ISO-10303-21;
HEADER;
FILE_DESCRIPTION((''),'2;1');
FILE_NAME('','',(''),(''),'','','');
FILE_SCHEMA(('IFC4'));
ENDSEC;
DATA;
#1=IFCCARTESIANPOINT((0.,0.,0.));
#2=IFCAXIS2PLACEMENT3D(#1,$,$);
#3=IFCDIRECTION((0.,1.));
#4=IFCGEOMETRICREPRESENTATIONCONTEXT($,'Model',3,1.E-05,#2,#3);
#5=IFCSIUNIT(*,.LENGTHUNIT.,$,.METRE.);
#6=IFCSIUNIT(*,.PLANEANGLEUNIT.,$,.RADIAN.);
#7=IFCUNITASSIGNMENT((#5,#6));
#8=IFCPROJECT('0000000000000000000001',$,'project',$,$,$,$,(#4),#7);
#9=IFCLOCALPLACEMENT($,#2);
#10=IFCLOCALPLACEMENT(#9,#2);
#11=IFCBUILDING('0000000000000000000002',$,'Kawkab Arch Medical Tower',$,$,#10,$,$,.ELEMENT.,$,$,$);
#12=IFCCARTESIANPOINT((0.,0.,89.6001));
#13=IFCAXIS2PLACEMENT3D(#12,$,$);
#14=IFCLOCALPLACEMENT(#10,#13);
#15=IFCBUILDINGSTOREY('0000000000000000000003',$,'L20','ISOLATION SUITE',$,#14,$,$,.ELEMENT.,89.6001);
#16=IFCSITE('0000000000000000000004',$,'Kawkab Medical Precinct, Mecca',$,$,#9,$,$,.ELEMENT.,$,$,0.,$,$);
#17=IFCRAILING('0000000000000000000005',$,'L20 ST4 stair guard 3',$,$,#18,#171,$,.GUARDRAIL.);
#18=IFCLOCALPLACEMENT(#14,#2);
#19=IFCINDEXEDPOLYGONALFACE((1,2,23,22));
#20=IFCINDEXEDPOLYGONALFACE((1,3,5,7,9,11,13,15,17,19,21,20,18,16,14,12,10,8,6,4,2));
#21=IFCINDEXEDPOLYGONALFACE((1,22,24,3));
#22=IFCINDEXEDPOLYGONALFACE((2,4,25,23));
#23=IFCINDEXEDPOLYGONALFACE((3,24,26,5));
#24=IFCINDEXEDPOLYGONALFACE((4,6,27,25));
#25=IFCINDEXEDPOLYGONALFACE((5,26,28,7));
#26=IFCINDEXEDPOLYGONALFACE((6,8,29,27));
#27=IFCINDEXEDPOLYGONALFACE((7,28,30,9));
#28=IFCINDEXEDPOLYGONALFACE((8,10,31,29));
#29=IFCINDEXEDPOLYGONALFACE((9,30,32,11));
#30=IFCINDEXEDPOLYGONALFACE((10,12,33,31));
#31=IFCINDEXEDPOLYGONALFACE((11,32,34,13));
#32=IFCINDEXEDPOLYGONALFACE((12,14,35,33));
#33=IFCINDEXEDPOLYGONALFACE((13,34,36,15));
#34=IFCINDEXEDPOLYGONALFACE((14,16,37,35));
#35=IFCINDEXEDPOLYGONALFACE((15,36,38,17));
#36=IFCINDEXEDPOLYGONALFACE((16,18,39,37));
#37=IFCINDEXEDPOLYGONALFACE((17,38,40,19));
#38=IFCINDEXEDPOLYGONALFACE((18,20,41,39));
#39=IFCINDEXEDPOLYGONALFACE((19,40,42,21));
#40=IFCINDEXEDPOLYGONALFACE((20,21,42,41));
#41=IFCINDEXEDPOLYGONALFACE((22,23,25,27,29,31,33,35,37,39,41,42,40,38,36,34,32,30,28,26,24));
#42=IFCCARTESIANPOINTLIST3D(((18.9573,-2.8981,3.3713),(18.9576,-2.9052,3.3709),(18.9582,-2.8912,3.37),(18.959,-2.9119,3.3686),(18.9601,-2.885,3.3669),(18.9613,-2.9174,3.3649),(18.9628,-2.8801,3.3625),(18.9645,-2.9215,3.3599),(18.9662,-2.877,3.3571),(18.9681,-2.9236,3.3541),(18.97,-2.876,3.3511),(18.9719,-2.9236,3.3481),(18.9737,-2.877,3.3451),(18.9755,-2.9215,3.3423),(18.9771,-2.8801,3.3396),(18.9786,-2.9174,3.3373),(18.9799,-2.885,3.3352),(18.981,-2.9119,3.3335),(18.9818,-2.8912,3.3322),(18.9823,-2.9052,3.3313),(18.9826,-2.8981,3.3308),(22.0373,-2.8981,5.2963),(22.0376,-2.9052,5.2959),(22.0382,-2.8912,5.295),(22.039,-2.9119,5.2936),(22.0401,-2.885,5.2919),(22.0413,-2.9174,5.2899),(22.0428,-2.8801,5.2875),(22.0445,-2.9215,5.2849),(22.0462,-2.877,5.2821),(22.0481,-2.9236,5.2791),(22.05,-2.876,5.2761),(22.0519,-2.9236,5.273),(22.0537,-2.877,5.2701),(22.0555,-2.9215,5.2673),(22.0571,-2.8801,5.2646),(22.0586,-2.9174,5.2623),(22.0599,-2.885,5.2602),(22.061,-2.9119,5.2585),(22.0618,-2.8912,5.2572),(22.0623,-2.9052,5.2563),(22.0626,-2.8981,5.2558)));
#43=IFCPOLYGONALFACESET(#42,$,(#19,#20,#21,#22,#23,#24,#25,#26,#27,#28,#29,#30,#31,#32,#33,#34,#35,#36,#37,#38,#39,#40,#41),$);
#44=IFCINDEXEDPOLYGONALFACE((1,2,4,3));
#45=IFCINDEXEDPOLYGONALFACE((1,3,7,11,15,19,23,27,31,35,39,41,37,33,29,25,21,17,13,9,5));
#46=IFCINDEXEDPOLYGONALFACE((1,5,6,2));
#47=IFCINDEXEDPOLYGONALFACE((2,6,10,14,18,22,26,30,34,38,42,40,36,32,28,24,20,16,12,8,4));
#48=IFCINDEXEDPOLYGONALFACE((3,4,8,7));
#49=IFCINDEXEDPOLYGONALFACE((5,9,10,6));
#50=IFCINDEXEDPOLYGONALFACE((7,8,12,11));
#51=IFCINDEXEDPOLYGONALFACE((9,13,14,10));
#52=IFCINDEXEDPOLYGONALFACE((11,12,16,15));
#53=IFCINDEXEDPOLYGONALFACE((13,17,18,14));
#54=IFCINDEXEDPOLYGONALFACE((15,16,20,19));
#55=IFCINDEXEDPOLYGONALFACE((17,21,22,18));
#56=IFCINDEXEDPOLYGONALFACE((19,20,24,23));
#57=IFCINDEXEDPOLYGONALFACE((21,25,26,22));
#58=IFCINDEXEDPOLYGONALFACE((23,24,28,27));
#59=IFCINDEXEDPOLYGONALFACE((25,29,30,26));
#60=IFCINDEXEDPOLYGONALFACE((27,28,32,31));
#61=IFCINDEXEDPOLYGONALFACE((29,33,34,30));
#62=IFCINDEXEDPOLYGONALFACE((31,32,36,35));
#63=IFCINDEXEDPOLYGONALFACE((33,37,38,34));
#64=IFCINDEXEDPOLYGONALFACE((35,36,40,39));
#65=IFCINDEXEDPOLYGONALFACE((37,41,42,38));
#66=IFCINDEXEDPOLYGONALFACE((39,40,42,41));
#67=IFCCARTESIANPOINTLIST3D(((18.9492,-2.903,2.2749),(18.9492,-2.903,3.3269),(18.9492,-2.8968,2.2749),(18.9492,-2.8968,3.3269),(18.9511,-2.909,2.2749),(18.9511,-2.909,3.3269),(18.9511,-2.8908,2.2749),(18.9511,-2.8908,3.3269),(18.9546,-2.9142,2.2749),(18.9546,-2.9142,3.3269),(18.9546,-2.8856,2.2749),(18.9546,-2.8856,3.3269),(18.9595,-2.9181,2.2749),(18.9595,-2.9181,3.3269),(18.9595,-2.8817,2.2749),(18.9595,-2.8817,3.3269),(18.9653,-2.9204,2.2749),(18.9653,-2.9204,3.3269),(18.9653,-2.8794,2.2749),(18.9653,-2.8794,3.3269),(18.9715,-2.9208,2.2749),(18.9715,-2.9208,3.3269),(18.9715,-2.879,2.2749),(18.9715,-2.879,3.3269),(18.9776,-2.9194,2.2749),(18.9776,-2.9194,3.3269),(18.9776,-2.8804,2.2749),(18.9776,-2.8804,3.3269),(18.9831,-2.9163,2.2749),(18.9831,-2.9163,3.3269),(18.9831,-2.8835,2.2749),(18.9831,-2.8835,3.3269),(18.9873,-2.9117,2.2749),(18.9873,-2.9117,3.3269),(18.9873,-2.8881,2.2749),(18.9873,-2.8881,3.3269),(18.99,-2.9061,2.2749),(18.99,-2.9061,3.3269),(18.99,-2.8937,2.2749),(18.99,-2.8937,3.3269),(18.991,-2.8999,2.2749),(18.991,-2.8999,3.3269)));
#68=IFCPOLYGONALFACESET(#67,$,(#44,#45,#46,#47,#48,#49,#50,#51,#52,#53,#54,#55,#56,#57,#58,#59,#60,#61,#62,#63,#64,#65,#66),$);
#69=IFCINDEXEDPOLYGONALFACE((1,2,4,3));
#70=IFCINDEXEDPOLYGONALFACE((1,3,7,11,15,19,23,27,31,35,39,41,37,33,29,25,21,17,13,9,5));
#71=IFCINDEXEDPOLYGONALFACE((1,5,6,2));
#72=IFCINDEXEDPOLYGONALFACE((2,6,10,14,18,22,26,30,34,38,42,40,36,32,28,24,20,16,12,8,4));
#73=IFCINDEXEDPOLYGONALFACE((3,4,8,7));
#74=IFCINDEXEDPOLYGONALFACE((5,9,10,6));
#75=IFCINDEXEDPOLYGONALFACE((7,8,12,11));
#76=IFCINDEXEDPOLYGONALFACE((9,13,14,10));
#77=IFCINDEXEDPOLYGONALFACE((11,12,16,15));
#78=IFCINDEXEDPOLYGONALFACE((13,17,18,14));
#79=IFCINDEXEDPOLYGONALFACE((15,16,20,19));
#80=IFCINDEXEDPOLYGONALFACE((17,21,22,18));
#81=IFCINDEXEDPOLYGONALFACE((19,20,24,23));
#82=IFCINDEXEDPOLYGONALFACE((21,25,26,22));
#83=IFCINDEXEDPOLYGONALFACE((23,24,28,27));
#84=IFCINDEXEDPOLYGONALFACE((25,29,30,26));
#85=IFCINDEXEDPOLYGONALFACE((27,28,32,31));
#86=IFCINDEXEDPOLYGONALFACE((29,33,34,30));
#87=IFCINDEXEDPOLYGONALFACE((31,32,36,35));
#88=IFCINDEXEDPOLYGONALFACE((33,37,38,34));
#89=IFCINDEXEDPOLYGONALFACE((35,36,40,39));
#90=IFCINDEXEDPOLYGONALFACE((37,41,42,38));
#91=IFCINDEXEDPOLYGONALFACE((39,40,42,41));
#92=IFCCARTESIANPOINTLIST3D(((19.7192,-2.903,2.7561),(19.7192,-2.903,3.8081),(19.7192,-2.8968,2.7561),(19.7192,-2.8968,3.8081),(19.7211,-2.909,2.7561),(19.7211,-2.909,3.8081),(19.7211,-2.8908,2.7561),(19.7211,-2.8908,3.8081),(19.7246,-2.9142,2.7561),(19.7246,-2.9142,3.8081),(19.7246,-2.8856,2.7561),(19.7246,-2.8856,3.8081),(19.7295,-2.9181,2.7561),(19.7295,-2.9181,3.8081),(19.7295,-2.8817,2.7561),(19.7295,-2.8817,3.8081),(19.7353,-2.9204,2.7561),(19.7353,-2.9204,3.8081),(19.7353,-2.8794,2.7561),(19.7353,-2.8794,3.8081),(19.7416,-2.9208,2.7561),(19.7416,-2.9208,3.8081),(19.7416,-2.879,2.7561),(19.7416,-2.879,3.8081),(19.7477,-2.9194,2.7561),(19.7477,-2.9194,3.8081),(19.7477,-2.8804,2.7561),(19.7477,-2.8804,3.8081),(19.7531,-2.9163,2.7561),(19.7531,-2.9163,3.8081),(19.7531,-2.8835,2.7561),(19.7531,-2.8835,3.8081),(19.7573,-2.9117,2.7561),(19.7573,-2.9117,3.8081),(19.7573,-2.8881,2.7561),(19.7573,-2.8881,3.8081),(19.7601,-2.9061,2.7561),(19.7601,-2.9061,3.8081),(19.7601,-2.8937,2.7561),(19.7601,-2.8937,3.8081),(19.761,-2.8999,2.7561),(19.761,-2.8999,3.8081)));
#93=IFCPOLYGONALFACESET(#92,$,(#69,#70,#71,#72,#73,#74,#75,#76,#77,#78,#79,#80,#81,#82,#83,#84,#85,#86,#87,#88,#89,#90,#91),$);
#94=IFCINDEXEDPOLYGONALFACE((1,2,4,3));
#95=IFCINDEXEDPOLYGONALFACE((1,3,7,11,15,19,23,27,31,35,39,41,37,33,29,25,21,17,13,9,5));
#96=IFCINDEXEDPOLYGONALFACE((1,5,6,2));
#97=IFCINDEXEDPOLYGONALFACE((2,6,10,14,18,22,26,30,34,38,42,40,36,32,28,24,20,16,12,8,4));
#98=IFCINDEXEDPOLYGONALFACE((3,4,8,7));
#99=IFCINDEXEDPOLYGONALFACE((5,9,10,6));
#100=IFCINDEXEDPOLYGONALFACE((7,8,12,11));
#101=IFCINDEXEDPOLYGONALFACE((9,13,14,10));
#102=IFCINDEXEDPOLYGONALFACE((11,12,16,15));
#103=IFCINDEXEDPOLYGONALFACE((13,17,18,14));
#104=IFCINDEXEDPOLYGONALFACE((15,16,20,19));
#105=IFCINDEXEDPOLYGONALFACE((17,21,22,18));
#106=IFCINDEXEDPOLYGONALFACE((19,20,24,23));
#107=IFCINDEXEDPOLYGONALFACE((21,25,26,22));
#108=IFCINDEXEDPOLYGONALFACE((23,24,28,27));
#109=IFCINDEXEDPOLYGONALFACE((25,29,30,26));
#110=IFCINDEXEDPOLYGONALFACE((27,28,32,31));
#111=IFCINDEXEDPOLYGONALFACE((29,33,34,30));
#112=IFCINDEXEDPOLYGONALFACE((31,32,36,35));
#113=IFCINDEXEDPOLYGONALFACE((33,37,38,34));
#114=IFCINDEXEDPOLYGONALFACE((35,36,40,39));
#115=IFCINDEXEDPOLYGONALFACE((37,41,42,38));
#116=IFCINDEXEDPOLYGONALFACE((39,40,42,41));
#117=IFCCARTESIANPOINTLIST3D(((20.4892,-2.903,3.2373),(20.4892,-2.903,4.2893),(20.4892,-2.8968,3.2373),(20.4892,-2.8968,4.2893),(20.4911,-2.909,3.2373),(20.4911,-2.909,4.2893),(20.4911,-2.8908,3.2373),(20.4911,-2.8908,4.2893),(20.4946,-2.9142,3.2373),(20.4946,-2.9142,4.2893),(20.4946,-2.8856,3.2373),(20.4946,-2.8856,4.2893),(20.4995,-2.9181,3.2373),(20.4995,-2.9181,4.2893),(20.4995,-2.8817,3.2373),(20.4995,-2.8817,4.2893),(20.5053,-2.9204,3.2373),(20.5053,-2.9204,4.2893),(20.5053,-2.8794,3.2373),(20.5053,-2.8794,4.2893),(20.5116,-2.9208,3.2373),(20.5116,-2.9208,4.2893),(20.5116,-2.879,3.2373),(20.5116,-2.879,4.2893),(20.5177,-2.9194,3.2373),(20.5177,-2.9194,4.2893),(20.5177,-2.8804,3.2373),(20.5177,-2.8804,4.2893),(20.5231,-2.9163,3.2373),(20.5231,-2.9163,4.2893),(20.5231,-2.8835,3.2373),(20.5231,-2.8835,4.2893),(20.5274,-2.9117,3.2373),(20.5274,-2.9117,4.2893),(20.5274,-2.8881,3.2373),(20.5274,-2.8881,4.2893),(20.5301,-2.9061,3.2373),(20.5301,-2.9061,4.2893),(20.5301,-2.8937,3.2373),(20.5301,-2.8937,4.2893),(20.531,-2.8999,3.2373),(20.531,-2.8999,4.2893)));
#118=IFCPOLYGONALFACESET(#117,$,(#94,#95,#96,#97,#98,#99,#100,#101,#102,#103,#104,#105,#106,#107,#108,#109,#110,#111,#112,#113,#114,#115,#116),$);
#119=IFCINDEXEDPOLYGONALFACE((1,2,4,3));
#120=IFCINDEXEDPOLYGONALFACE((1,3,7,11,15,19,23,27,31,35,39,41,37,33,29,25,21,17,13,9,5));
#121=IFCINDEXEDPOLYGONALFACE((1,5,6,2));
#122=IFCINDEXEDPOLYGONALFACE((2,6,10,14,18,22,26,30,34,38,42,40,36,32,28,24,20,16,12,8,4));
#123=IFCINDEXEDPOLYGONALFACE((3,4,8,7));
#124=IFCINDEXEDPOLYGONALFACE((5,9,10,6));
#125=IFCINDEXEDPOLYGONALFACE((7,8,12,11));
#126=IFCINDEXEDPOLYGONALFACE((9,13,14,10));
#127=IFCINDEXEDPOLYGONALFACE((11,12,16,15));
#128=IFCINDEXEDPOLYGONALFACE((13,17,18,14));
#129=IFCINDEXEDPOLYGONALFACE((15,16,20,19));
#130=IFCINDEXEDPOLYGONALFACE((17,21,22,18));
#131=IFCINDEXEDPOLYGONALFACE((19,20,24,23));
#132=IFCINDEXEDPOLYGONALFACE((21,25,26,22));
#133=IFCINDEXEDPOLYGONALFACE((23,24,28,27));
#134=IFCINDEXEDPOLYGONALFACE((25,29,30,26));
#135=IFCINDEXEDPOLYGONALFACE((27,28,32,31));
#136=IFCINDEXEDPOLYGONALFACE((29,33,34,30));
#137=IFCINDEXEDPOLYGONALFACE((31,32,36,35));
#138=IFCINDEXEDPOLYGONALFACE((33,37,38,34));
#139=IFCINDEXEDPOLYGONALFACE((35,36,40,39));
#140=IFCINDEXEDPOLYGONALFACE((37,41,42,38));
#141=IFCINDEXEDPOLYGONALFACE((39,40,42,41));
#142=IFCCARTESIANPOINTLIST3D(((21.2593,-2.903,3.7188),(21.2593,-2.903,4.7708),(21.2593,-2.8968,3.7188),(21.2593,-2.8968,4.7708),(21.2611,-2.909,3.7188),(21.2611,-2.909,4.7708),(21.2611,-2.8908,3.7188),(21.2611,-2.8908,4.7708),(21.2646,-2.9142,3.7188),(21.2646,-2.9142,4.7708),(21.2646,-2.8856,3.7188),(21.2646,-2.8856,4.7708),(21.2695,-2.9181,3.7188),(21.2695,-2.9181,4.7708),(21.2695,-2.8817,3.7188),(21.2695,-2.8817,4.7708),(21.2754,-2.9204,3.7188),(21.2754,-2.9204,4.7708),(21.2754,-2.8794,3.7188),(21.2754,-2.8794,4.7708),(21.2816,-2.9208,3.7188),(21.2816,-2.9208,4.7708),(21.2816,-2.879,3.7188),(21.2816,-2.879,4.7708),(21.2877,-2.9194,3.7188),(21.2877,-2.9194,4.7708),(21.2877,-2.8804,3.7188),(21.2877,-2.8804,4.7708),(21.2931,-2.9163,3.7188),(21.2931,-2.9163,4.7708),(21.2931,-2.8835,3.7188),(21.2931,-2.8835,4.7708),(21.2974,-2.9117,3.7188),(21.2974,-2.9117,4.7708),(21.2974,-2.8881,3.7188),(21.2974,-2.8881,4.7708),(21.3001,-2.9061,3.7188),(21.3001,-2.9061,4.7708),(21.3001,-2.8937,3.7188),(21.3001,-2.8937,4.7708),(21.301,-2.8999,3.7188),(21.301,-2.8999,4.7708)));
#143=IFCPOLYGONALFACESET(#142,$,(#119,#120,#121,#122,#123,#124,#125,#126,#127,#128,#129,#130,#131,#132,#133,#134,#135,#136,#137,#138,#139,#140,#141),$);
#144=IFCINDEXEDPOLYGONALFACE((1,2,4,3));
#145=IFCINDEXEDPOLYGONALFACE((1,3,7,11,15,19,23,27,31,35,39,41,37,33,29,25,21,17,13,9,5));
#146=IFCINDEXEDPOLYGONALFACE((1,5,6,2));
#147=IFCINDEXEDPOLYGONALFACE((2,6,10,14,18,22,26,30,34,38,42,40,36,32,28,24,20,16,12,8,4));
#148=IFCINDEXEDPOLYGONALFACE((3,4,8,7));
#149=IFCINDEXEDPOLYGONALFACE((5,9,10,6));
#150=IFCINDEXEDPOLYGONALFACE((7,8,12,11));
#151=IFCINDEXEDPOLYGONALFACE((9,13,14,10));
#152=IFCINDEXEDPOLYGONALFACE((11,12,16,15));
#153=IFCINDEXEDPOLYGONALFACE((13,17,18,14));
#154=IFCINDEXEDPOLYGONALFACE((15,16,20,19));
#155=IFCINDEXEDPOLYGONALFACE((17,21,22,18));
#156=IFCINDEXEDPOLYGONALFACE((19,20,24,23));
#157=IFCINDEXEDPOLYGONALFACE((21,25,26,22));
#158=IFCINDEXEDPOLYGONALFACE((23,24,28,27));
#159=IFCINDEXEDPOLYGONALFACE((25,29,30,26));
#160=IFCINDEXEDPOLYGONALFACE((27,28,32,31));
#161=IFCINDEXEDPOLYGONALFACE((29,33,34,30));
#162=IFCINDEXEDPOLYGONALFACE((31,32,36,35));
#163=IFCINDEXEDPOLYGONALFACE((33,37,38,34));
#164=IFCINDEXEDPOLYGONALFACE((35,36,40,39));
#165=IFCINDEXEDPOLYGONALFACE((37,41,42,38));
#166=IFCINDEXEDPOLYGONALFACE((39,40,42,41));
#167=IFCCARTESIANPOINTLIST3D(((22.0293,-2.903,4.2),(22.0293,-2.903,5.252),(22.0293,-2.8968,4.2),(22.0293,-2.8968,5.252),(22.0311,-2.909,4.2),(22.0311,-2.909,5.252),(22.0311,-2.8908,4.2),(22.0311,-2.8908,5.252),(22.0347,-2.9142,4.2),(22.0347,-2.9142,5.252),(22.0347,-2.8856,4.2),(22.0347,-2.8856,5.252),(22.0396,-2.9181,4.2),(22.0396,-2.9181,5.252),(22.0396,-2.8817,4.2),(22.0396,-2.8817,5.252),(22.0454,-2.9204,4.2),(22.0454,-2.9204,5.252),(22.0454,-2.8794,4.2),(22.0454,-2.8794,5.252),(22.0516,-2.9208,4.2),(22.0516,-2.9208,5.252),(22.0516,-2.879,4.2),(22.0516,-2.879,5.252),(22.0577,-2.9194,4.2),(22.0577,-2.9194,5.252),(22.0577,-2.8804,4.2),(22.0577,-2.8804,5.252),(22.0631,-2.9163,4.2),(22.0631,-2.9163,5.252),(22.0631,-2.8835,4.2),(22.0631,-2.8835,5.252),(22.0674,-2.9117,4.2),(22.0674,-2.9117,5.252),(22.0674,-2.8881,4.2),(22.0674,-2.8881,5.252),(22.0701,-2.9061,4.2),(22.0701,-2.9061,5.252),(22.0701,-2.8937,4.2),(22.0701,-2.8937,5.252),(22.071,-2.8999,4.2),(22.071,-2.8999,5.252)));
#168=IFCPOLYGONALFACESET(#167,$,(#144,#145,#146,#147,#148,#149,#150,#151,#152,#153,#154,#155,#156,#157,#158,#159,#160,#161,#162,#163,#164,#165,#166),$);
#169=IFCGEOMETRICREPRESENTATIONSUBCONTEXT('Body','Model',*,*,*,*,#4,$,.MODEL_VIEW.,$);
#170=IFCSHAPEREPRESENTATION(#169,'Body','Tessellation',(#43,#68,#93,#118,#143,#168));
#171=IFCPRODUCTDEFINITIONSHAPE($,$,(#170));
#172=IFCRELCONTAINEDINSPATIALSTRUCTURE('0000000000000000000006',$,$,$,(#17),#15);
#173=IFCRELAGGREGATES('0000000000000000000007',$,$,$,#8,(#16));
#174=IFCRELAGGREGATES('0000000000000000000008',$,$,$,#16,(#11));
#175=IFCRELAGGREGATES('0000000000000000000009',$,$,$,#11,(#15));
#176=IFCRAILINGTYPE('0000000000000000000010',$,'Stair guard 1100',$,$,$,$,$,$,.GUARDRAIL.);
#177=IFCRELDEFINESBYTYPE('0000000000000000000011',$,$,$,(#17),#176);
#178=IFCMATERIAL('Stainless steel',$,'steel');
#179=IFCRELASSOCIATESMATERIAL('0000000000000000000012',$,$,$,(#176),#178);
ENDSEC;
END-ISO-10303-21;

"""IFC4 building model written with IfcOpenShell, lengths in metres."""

from ifc_helpers import new_model, si_unit, direction, frame, origin, origin_2d, place, context, subcontext, project, spatial, circle, extrude, material, type_object, element, save


model = new_model("IFC4")

# Units and contexts
model_context = context("Model", 3, precision=1e-05, world=origin(), true_north=direction((0.0, 1.0)))
body_context = subcontext(model_context, "Body", "Model", "MODEL_VIEW")
ifc_project = project(units=[si_unit("LENGTHUNIT", "METRE"), si_unit("PLANEANGLEUNIT", "RADIAN")], contexts=[model_context])

# Site, building, storey
site_placement = place(None, origin())
site = spatial("IfcSite", under=ifc_project, at=site_placement, Name="Kawkab Medical Precinct, Mecca", CompositionType="ELEMENT", RefElevation=0.0)
building_placement = place(site_placement, origin())
building = spatial("IfcBuilding", under=site, at=building_placement, Name="Kawkab Arch Medical Tower", CompositionType="ELEMENT")
storey_placement = place(building_placement, frame((0.0, 0.0, 89.6001)))
storey = spatial("IfcBuildingStorey", under=building, at=storey_placement, Name="L20", Description="ISOLATION SUITE", CompositionType="ELEMENT", Elevation=89.6001)

# Railing
ifc_material_1 = material(Name="Stainless steel", Category="steel")
railing_type_1 = type_object("IfcRailingType", Name="Stair guard 1100", PredefinedType="GUARDRAIL", material=ifc_material_1)
railing_1_placement = place(storey_placement, frame((18.97, -2.8999, 2.2749)))
element("IfcRailing", 1, at=railing_1_placement, inside=storey, type_object=railing_type_1, Name="L20 ST4 stair guard 3", PredefinedType="GUARDRAIL", context=body_context, shape_type="SweptSolid", body=[
    extrude(circle(Radius=0.0239, at=origin_2d()), frame((0.0, 0.0, 1.0762), z_axis=(0.847998, 0.0, 0.529999), x_axis=(0.0, 1.0, 0.0)), (0.0, 0.0, 1.0), 3.6321),
    extrude(circle(Radius=0.021, at=origin_2d()), origin(), (0.0, 0.0, 1.0), 1.052),
    extrude(circle(Radius=0.021, at=origin_2d()), frame((0.77, 0.0, 0.4812)), (0.0, 0.0, 1.0), 1.052),
    extrude(circle(Radius=0.021, at=origin_2d()), frame((1.54, 0.0, 0.9624)), (0.0, 0.0, 1.0), 1.052),
    extrude(circle(Radius=0.021, at=origin_2d()), frame((2.3101, 0.0, 1.4438)), (0.0, 0.0, 1.0), 1.052),
    extrude(circle(Radius=0.021, at=origin_2d()), frame((3.0801, 0.0, 1.925)), (0.0, 0.0, 1.0), 1.052),
])

save(model, "model.ifc")
